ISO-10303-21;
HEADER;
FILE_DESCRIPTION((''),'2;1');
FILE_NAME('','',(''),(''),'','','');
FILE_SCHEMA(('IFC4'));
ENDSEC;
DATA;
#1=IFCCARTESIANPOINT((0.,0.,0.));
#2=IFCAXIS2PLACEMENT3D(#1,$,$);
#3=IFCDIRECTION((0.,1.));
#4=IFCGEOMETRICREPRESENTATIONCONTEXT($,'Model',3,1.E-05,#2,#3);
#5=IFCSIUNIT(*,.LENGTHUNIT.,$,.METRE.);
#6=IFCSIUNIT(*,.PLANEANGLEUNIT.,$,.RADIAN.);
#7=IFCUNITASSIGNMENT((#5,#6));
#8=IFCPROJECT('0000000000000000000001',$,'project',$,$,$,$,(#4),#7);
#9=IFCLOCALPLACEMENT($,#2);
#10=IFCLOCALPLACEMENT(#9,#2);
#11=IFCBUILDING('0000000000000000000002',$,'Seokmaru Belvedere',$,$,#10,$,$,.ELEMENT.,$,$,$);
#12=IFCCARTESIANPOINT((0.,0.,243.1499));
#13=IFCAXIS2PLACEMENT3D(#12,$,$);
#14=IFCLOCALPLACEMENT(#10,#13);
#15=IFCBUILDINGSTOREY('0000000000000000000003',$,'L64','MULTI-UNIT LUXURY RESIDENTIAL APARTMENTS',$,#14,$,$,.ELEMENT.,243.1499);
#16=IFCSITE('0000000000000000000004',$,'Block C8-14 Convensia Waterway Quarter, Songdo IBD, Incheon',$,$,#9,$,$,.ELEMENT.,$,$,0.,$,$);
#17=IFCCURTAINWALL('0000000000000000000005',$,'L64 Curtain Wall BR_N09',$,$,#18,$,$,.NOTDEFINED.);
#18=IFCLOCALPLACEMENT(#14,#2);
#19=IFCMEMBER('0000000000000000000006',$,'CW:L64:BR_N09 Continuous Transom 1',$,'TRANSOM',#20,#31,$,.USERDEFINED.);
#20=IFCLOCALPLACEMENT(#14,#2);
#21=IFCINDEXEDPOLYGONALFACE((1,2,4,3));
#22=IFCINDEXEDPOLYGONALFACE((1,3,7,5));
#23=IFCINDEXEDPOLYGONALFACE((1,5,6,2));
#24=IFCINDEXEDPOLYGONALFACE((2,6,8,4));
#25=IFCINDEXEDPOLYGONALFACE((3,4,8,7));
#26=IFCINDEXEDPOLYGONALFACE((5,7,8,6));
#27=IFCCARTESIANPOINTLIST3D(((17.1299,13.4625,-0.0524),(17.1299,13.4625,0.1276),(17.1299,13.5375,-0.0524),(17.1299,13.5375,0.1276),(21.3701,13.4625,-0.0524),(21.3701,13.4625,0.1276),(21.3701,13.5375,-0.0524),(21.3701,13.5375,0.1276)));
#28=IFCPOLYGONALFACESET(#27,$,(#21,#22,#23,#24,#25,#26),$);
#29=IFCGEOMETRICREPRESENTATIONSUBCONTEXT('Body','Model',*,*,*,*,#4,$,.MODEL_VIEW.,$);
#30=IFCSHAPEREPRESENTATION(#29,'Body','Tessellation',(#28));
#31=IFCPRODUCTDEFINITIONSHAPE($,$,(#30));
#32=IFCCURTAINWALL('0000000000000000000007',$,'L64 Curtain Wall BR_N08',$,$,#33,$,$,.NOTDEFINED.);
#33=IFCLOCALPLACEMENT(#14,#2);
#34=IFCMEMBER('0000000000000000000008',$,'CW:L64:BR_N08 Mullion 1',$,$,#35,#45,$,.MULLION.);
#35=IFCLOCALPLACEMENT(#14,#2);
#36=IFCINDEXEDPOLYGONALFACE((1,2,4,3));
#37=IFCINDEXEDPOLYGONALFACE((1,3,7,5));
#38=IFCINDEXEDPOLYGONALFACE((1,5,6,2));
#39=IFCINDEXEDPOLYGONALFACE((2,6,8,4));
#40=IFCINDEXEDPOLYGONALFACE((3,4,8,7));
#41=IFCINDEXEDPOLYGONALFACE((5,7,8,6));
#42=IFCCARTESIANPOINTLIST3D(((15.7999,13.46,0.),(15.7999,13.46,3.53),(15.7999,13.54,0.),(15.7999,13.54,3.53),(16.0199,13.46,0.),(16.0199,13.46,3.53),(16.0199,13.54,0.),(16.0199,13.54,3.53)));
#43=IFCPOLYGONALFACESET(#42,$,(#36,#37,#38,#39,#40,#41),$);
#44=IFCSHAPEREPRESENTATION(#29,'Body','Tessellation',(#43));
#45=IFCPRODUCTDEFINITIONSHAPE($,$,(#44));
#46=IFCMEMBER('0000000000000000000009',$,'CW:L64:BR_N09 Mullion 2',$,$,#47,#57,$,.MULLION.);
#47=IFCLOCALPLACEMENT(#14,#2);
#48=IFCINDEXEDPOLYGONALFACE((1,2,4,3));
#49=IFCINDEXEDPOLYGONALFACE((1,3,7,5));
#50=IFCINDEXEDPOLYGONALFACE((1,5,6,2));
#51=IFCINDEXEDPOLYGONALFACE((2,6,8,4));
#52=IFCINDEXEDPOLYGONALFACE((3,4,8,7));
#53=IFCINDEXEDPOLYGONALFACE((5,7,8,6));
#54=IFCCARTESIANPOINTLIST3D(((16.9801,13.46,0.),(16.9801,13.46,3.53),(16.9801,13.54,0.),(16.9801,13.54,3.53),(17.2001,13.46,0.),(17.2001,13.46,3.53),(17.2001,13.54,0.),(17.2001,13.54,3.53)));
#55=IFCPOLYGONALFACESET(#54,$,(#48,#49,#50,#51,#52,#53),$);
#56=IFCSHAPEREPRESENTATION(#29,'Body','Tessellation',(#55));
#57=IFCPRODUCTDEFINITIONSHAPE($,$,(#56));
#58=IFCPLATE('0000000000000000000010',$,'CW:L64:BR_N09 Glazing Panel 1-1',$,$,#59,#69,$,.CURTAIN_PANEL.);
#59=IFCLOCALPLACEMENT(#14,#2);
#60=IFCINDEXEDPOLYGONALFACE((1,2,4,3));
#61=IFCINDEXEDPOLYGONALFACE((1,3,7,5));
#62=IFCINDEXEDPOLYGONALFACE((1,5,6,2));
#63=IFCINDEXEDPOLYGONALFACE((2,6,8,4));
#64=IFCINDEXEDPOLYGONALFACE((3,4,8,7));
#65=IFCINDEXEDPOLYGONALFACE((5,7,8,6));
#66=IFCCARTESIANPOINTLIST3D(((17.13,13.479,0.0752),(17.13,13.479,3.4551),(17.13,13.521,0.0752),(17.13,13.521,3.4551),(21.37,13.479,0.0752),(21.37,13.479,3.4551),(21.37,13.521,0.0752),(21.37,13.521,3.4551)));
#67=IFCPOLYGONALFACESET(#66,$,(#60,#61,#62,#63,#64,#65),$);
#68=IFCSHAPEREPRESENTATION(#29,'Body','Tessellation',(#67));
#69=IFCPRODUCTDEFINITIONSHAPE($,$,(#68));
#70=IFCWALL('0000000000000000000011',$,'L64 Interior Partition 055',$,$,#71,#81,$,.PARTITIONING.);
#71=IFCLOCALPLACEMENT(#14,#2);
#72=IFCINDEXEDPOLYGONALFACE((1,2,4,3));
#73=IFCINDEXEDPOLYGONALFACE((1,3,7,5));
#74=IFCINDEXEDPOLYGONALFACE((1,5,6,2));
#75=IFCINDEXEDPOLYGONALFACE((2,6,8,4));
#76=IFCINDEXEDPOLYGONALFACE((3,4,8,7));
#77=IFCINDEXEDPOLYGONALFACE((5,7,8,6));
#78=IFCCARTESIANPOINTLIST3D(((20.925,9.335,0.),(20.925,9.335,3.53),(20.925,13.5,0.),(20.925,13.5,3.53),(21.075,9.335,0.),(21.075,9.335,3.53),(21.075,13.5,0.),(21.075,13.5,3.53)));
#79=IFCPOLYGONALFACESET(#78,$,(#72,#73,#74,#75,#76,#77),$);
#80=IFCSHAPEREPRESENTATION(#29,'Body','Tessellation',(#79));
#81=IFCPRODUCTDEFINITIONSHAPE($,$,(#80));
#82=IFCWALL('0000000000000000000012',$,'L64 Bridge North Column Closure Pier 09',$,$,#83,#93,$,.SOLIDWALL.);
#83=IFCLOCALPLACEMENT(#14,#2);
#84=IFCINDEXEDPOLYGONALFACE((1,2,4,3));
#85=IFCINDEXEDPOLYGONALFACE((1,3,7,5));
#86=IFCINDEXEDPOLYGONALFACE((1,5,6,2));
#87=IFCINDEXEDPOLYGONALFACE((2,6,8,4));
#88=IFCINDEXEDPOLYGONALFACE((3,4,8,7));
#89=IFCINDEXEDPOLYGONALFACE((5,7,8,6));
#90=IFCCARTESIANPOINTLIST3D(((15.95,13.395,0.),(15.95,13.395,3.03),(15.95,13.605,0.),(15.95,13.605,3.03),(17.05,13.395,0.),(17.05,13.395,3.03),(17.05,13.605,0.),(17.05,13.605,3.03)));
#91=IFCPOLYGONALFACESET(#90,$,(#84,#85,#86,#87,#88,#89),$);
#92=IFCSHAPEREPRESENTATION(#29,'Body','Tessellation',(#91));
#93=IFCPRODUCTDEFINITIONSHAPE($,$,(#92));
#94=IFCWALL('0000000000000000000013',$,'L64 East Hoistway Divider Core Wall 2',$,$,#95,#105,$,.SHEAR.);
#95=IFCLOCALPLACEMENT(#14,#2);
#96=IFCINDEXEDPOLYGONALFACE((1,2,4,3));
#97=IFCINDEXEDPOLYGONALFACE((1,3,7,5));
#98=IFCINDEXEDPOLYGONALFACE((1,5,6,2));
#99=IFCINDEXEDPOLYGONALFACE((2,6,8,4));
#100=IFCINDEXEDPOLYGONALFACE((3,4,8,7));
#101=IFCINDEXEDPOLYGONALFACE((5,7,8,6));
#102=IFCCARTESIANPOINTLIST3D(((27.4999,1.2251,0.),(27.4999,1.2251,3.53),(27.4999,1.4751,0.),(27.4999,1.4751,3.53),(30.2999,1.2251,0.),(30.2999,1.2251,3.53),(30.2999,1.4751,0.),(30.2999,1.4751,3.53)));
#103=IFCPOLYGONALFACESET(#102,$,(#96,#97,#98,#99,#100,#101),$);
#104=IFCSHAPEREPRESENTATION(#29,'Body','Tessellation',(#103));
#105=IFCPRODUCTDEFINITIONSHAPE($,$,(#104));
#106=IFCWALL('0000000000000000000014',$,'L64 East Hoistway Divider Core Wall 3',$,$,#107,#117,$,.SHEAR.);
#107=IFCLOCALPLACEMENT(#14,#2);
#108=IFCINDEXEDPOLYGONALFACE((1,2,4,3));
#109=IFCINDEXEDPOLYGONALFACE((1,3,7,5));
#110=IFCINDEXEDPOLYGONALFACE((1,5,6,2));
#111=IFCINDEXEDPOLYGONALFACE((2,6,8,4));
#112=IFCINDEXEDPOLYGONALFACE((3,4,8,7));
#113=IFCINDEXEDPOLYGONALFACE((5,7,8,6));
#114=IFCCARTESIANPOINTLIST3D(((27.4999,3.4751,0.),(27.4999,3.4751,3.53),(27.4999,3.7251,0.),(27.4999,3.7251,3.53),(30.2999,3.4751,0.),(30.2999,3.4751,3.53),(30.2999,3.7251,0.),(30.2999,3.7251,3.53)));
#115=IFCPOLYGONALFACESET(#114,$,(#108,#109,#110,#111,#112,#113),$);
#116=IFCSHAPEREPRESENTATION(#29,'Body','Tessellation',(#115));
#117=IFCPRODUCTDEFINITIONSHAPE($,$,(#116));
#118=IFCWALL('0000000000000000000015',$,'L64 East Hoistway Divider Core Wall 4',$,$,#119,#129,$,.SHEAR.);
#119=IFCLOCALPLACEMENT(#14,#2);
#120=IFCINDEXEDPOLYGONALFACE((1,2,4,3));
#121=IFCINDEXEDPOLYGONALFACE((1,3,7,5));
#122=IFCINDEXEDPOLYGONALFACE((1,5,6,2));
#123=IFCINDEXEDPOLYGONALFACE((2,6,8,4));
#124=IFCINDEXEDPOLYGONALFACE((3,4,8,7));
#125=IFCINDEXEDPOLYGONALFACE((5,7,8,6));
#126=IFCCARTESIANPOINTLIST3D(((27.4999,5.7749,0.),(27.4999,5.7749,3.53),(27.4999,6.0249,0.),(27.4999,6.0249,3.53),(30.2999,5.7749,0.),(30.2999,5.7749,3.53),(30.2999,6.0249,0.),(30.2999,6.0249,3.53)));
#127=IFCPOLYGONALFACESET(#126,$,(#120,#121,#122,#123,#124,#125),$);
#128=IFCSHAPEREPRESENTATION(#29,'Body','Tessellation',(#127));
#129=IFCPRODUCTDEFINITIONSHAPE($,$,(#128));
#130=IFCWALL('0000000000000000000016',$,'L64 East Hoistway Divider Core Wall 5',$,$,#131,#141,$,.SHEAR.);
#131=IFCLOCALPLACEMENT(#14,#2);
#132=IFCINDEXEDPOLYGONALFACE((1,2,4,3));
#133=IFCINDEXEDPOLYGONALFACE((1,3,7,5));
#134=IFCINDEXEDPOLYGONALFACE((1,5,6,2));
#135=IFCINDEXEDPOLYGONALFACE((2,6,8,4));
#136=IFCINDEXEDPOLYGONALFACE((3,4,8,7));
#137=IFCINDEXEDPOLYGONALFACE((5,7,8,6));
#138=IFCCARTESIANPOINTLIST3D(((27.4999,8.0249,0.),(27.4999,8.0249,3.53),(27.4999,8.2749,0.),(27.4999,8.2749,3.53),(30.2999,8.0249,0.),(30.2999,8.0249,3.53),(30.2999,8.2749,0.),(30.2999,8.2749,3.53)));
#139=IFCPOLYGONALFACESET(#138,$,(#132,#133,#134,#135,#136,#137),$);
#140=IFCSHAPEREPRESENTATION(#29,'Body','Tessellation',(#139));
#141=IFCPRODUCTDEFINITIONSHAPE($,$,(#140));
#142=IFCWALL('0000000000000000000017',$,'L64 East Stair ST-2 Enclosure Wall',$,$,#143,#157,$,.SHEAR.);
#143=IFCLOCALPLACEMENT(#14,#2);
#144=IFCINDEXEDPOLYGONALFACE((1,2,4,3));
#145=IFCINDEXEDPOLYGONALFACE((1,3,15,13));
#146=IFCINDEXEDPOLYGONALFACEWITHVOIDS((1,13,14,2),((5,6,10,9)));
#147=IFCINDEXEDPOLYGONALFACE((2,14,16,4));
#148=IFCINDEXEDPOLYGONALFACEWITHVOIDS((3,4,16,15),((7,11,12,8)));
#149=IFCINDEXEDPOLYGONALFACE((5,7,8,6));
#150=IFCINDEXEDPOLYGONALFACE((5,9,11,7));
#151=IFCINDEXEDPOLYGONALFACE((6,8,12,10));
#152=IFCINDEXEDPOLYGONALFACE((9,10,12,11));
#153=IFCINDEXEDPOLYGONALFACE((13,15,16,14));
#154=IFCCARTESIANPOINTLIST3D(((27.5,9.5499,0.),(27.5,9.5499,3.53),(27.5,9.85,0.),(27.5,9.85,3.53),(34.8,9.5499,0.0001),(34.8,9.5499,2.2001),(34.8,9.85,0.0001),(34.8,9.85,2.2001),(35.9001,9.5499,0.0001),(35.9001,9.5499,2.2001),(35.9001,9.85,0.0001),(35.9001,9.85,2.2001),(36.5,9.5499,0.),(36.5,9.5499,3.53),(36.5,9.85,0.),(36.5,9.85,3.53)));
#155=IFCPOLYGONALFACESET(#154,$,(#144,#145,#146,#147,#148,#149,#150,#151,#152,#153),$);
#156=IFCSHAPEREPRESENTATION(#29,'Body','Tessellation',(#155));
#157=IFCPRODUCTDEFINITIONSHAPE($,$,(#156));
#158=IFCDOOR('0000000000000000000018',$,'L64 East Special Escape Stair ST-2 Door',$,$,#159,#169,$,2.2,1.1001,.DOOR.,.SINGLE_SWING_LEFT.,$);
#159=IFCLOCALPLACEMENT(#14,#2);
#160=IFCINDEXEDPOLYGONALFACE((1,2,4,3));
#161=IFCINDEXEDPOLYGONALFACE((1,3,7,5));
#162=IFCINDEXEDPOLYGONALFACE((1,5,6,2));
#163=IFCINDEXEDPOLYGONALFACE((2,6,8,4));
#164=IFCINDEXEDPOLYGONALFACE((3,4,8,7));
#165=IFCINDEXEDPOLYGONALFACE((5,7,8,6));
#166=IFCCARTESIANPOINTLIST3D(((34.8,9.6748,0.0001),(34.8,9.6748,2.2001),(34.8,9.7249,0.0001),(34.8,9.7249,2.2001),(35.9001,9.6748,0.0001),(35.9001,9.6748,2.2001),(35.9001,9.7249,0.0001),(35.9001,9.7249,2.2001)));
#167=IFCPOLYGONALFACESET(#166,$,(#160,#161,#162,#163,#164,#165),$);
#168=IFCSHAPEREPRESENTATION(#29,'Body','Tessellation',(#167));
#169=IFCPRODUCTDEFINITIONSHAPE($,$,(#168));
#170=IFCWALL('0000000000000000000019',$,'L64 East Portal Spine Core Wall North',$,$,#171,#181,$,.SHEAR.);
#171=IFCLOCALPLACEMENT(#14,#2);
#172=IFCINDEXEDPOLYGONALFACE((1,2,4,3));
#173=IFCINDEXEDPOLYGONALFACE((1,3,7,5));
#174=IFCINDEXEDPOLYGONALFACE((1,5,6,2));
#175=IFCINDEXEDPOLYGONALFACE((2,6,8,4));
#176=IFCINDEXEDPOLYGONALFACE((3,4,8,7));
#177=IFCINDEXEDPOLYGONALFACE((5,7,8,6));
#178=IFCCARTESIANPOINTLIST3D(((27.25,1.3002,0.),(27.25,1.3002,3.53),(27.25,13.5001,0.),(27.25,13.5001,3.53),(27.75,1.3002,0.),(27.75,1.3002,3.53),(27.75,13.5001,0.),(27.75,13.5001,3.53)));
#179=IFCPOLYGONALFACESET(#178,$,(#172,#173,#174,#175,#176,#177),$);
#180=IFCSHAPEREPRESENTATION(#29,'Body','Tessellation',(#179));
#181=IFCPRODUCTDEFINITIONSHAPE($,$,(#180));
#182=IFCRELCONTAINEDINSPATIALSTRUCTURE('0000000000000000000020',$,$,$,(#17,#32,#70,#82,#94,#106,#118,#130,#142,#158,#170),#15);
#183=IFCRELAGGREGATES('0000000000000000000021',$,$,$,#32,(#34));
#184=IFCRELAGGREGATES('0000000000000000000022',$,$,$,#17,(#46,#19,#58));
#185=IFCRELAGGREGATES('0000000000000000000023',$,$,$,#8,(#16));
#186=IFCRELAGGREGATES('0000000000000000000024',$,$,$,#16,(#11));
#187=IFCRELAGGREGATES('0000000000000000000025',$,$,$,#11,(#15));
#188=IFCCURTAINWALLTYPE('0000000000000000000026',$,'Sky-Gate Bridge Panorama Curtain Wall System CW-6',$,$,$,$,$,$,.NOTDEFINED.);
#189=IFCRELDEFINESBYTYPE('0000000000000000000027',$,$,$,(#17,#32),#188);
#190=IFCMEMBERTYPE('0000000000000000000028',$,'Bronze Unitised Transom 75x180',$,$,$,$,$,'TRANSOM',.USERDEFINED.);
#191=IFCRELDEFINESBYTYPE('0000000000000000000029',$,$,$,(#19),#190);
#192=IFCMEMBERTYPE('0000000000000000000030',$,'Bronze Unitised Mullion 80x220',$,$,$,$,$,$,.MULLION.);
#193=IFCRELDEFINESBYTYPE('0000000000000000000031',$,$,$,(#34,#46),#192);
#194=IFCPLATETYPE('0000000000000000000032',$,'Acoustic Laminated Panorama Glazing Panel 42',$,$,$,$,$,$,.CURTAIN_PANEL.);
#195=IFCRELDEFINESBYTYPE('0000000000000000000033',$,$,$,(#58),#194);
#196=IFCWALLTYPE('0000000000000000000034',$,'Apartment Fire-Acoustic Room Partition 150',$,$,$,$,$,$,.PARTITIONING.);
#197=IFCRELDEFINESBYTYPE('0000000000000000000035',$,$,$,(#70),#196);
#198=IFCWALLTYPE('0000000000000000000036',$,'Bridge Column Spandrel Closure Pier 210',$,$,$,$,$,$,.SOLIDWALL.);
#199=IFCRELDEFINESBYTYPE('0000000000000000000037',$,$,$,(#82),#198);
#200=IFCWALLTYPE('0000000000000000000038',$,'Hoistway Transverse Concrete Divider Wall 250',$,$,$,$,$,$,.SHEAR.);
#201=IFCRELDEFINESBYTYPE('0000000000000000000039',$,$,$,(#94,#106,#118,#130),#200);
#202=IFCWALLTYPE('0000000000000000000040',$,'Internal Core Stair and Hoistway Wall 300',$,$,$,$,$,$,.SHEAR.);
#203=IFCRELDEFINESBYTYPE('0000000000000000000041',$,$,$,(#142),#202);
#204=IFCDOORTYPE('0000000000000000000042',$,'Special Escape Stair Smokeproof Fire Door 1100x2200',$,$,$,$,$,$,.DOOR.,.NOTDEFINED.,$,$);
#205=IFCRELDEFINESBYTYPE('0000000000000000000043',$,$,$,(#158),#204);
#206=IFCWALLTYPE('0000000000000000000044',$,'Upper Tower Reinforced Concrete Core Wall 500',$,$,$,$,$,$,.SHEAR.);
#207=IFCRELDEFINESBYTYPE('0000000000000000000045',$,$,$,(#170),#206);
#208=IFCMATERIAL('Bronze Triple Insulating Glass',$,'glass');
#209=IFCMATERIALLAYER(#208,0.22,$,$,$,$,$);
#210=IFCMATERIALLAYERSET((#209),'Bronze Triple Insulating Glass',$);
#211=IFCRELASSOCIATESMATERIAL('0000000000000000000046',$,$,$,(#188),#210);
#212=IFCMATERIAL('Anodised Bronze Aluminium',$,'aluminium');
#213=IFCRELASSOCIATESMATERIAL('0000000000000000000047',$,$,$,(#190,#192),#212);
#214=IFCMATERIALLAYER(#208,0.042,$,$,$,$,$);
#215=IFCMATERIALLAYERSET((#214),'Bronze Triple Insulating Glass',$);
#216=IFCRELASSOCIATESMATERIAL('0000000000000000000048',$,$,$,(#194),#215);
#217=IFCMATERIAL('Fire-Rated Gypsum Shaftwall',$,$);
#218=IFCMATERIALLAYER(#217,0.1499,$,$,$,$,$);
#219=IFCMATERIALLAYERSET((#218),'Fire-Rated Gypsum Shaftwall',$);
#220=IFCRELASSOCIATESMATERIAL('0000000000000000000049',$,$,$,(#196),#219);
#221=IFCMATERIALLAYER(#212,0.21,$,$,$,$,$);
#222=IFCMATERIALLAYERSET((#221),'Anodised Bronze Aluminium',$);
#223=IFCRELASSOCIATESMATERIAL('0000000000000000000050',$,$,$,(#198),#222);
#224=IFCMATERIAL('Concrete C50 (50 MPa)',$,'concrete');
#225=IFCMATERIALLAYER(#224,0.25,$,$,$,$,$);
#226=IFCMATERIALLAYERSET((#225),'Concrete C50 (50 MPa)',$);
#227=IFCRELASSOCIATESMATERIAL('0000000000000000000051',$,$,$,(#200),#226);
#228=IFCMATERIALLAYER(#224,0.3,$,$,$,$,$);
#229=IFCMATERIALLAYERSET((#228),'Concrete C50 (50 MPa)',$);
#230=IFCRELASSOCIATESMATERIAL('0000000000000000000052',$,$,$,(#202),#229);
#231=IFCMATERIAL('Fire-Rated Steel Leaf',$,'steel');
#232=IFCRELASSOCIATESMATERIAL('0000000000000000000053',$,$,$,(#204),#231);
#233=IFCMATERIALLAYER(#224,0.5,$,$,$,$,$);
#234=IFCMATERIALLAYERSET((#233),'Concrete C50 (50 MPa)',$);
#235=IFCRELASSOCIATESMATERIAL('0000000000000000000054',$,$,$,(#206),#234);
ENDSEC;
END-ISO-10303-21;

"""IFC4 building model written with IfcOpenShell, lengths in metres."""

from ifc_helpers import new_model, si_unit, direction, frame, frame_2d, origin, origin_2d, place, context, subcontext, project, spatial, rectangle, extrude, source, transform, mapped, material, layer, layer_set, material_profile, profile_set, type_object, type_shapes, element, fill, aggregate, save


model = new_model("IFC4")

# Units and contexts
model_context = context("Model", 3, precision=1e-05, world=origin(), true_north=direction((0.0, 1.0)))
body_context = subcontext(model_context, "Body", "Model", "MODEL_VIEW")
ifc_project = project(units=[si_unit("LENGTHUNIT", "METRE"), si_unit("PLANEANGLEUNIT", "RADIAN")], contexts=[model_context])

# Site, building, storey
site_placement = place(None, origin())
site = spatial("IfcSite", under=ifc_project, at=site_placement, Name="Block C8-14 Convensia Waterway Quarter, Songdo IBD, Incheon", CompositionType="ELEMENT", RefElevation=0.0)
building_placement = place(site_placement, origin())
building = spatial("IfcBuilding", under=site, at=building_placement, Name="Seokmaru Belvedere", CompositionType="ELEMENT")
storey_placement = place(building_placement, frame((0.0, 0.0, 243.1499)))
storey = spatial("IfcBuildingStorey", under=building, at=storey_placement, Name="L64", Description="MULTI-UNIT LUXURY RESIDENTIAL APARTMENTS", CompositionType="ELEMENT", Elevation=243.1499)

# Curtain walls, members
ifc_material_1 = material(Name="Bronze Triple Insulating Glass", Category="glass")
ifc_layer_1 = layer(ifc_material_1, 0.22)
ifc_layer_set_1 = layer_set([ifc_layer_1], Name="Bronze Triple Insulating Glass")
curtain_wall_type = type_object("IfcCurtainWallType", Name="Sky-Gate Bridge Panorama Curtain Wall System CW-6", PredefinedType="NOTDEFINED", material=ifc_layer_set_1)
curtain_wall_1_placement = place(storey_placement, origin())
curtain_wall_1 = element("IfcCurtainWall", 1, at=curtain_wall_1_placement, inside=storey, type_object=curtain_wall_type, Name="L64 Curtain Wall BR_N09", PredefinedType="NOTDEFINED")
ifc_material_2 = material(Name="Anodised Bronze Aluminium", Category="aluminium")
ifc_material_profile_1 = material_profile(ifc_material_2, rectangle(XDim=0.075, YDim=0.1799, at=origin_2d()), Name="CW-T-75x180")
ifc_profile_set_1 = profile_set([ifc_material_profile_1], Name="Anodised Bronze Aluminium")
member_type_1 = type_object("IfcMemberType", Name="Bronze Unitised Transom 75x180", ElementType="TRANSOM", PredefinedType="USERDEFINED", material=ifc_profile_set_1)
shared_shape_1 = source(origin(), body_context, "Body", "SweptSolid", [
    extrude(rectangle(XDim=0.075, YDim=0.1799, at=origin_2d()), origin(), (0.0, 0.0, 1.0), 4.2402),
])
type_shapes(member_type_1, [shared_shape_1])
member_1_placement = place(storey_placement, frame((21.3701, 13.5, 0.0376), z_axis=(-1.0, 0.0, 0.0), x_axis=(0.0, -1.0, 0.0)))
member_1 = element("IfcMember", 2, at=member_1_placement, type_object=member_type_1, Name="CW:L64:BR_N09 Continuous Transom 1", ObjectType="TRANSOM", PredefinedType="USERDEFINED", context=body_context, shape_type="MappedRepresentation", body=[
    mapped(shared_shape_1, transform((0.0, 0.0, 0.0), scale=1.0)),
])
curtain_wall_2_placement = place(storey_placement, origin())
curtain_wall_2 = element("IfcCurtainWall", 3, at=curtain_wall_2_placement, inside=storey, type_object=curtain_wall_type, Name="L64 Curtain Wall BR_N08", PredefinedType="NOTDEFINED")
ifc_material_profile_2 = material_profile(ifc_material_2, rectangle(XDim=0.0801, YDim=0.22, at=origin_2d()), Name="CW-M-80x220")
ifc_profile_set_2 = profile_set([ifc_material_profile_2], Name="Anodised Bronze Aluminium")
member_type_2 = type_object("IfcMemberType", Name="Bronze Unitised Mullion 80x220", PredefinedType="MULLION", material=ifc_profile_set_2)
shared_shape_2 = source(origin(), body_context, "Body", "SweptSolid", [
    extrude(rectangle(XDim=0.0801, YDim=0.22, at=origin_2d()), origin(), (0.0, 0.0, 1.0), 3.53),
])
type_shapes(member_type_2, [shared_shape_2])
member_2_placement = place(storey_placement, frame((15.9099, 13.5, 0.0), z_axis=(0.0, 0.0, 1.0), x_axis=(0.0, -1.0, 0.0)))
member_2 = element("IfcMember", 4, at=member_2_placement, type_object=member_type_2, Name="CW:L64:BR_N08 Mullion 1", PredefinedType="MULLION", context=body_context, shape_type="MappedRepresentation", body=[
    mapped(shared_shape_2, transform((0.0, 0.0, 0.0), scale=1.0)),
])
aggregate(curtain_wall_2, [member_2])

# Member
member_3_placement = place(storey_placement, frame((17.0901, 13.5, 0.0), z_axis=(0.0, 0.0, 1.0), x_axis=(0.0, -1.0, 0.0)))
member_3 = element("IfcMember", 5, at=member_3_placement, type_object=member_type_2, Name="CW:L64:BR_N09 Mullion 2", PredefinedType="MULLION", context=body_context, shape_type="MappedRepresentation", body=[
    mapped(shared_shape_2, transform((0.0, 0.0, 0.0), scale=1.0)),
])

# Plate
ifc_layer_2 = layer(ifc_material_1, 0.042)
ifc_layer_set_2 = layer_set([ifc_layer_2], Name="Bronze Triple Insulating Glass")
plate_type = type_object("IfcPlateType", Name="Acoustic Laminated Panorama Glazing Panel 42", PredefinedType="CURTAIN_PANEL", material=ifc_layer_set_2)
shared_shape_3 = source(origin(), body_context, "Body", "SweptSolid", [
    extrude(rectangle(XDim=4.24, YDim=0.042, at=origin_2d()), origin(), (0.0, 0.0, 1.0), 3.3799),
])
type_shapes(plate_type, [shared_shape_3])
plate_placement = place(storey_placement, frame((19.25, 13.5, 0.0752), z_axis=(0.0, 0.0, 1.0), x_axis=(-1.0, 0.0, 0.0)))
plate = element("IfcPlate", 6, at=plate_placement, type_object=plate_type, Name="CW:L64:BR_N09 Glazing Panel 1-1", PredefinedType="CURTAIN_PANEL", context=body_context, shape_type="MappedRepresentation", body=[
    mapped(shared_shape_3, transform((0.0, 0.0, 0.0), scale=1.0)),
])
aggregate(curtain_wall_1, [member_3, member_1, plate])

# Walls
ifc_material_3 = material(Name="Fire-Rated Gypsum Shaftwall")
ifc_layer_3 = layer(ifc_material_3, 0.1499)
ifc_layer_set_3 = layer_set([ifc_layer_3], Name="Fire-Rated Gypsum Shaftwall")
wall_type_1 = type_object("IfcWallType", Name="Apartment Fire-Acoustic Room Partition 150", PredefinedType="PARTITIONING", material=ifc_layer_set_3)
wall_1_placement = place(storey_placement, frame((21.0, 9.335, 0.0), z_axis=(0.0, 0.0, 1.0), x_axis=(0.0, 1.0, 0.0)))
element("IfcWall", 7, at=wall_1_placement, inside=storey, type_object=wall_type_1, Name="L64 Interior Partition 055", PredefinedType="PARTITIONING", context=body_context, shape_type="SweptSolid", body=[
    extrude(rectangle(XDim=4.165, YDim=0.1499, at=frame_2d((2.0825, 0.0))), origin(), (0.0, 0.0, 1.0), 3.53),
])
ifc_layer_4 = layer(ifc_material_2, 0.21)
ifc_layer_set_4 = layer_set([ifc_layer_4], Name="Anodised Bronze Aluminium")
wall_type_2 = type_object("IfcWallType", Name="Bridge Column Spandrel Closure Pier 210", PredefinedType="SOLIDWALL", material=ifc_layer_set_4)
wall_2_placement = place(storey_placement, frame((15.95, 13.5, 0.0), z_axis=(0.0, 0.0, 1.0), x_axis=(1.0, 0.0, 0.0)))
element("IfcWall", 8, at=wall_2_placement, inside=storey, type_object=wall_type_2, Name="L64 Bridge North Column Closure Pier 09", PredefinedType="SOLIDWALL", context=body_context, shape_type="SweptSolid", body=[
    extrude(rectangle(XDim=1.1001, YDim=0.21, at=frame_2d((0.55, 0.0))), origin(), (0.0, 0.0, 1.0), 3.03),
])
ifc_material_4 = material(Name="Concrete C50 (50 MPa)", Category="concrete")
ifc_layer_5 = layer(ifc_material_4, 0.25)
ifc_layer_set_5 = layer_set([ifc_layer_5], Name="Concrete C50 (50 MPa)")
wall_type_3 = type_object("IfcWallType", Name="Hoistway Transverse Concrete Divider Wall 250", PredefinedType="SHEAR", material=ifc_layer_set_5)
for number, where, z_axis, x_axis, name in (
    (9, (27.5, 1.3501, 0.0), (0.0, 0.0, 1.0), (1.0, 0.0, 0.0), "L64 East Hoistway Divider Core Wall 2"),
    (10, (27.5, 3.6001, 0.0), (0.0, 0.0, 1.0), (1.0, 0.0, 0.0), "L64 East Hoistway Divider Core Wall 3"),
    (11, (27.5, 5.8999, 0.0), (0.0, 0.0, 1.0), (1.0, 0.0, 0.0), "L64 East Hoistway Divider Core Wall 4"),
    (12, (27.5, 8.1499, 0.0), (0.0, 0.0, 1.0), (1.0, 0.0, 0.0), "L64 East Hoistway Divider Core Wall 5"),
):
    element("IfcWall", number, at=place(storey_placement, frame(where, z_axis=z_axis, x_axis=x_axis)), inside=storey, type_object=wall_type_3, Name=name, PredefinedType="SHEAR", context=body_context, shape_type="SweptSolid", body=[
        extrude(rectangle(XDim=2.8, YDim=0.25, at=frame_2d((1.3999, 0.0))), origin(), (0.0, 0.0, 1.0), 3.53),
    ])

# Wall, opening, door
ifc_layer_6 = layer(ifc_material_4, 0.3)
ifc_layer_set_6 = layer_set([ifc_layer_6], Name="Concrete C50 (50 MPa)")
wall_type_4 = type_object("IfcWallType", Name="Internal Core Stair and Hoistway Wall 300", PredefinedType="SHEAR", material=ifc_layer_set_6)
wall_3_placement = place(storey_placement, frame((27.5, 9.7, 0.0), z_axis=(0.0, 0.0, 1.0), x_axis=(1.0, 0.0, 0.0)))
wall_3 = element("IfcWall", 13, at=wall_3_placement, inside=storey, type_object=wall_type_4, Name="L64 East Stair ST-2 Enclosure Wall", PredefinedType="SHEAR", context=body_context, shape_type="SweptSolid", body=[
    extrude(rectangle(XDim=9.0, YDim=0.3, at=frame_2d((4.5, 0.0))), origin(), (0.0, 0.0, 1.0), 3.53),
])
opening_placement = place(wall_3_placement, frame((7.3, 0.0, 0.0)))
opening = element("IfcOpeningElement", 14, at=opening_placement, cuts=wall_3, PredefinedType="OPENING", context=body_context, shape_type="SweptSolid", body=[
    extrude(rectangle(XDim=1.1001, YDim=2.2, at=frame_2d((0.55, 1.1001))), frame((0.0, 0.1602, 0.0), z_axis=(0.0, -1.0, 0.0), x_axis=(1.0, 0.0, 0.0)), (0.0, 0.0, 1.0), 0.3201),
])
ifc_material_5 = material(Name="Fire-Rated Steel Leaf", Category="steel")
door_type = type_object("IfcDoorType", Name="Special Escape Stair Smokeproof Fire Door 1100x2200", OperationType="NOTDEFINED", PredefinedType="DOOR", material=ifc_material_5)
shared_shape_4 = source(origin(), body_context, "Body", "SweptSolid", [
    extrude(rectangle(XDim=1.1001, YDim=2.2, at=frame_2d((0.55, 1.1001))), frame((0.0, 0.0249, 0.0), z_axis=(0.0, -1.0, 0.0), x_axis=(1.0, 0.0, 0.0)), (0.0, 0.0, 1.0), 0.05),
])
type_shapes(door_type, [shared_shape_4])
door_placement = place(opening_placement, origin())
door = element("IfcDoor", 15, at=door_placement, inside=storey, type_object=door_type, Name="L64 East Special Escape Stair ST-2 Door", OperationType="SINGLE_SWING_LEFT", OverallHeight=2.2, OverallWidth=1.1001, PredefinedType="DOOR", context=body_context, shape_type="MappedRepresentation", body=[
    mapped(shared_shape_4, transform((0.0, 0.0, 0.0), scale=1.0)),
])
fill(opening, door)

# Wall
ifc_layer_7 = layer(ifc_material_4, 0.5)
ifc_layer_set_7 = layer_set([ifc_layer_7], Name="Concrete C50 (50 MPa)")
wall_type_5 = type_object("IfcWallType", Name="Upper Tower Reinforced Concrete Core Wall 500", PredefinedType="SHEAR", material=ifc_layer_set_7)
wall_4_placement = place(storey_placement, frame((27.5, 1.3, 0.0), z_axis=(0.0, 0.0, 1.0), x_axis=(0.0, 1.0, 0.0)))
element("IfcWall", 16, at=wall_4_placement, inside=storey, type_object=wall_type_5, Name="L64 East Portal Spine Core Wall North", PredefinedType="SHEAR", context=body_context, shape_type="SweptSolid", body=[
    extrude(rectangle(XDim=12.2, YDim=0.5, at=frame_2d((6.1001, 0.0))), origin(), (0.0, 0.0, 1.0), 3.53),
])

save(model, "model.ifc")
